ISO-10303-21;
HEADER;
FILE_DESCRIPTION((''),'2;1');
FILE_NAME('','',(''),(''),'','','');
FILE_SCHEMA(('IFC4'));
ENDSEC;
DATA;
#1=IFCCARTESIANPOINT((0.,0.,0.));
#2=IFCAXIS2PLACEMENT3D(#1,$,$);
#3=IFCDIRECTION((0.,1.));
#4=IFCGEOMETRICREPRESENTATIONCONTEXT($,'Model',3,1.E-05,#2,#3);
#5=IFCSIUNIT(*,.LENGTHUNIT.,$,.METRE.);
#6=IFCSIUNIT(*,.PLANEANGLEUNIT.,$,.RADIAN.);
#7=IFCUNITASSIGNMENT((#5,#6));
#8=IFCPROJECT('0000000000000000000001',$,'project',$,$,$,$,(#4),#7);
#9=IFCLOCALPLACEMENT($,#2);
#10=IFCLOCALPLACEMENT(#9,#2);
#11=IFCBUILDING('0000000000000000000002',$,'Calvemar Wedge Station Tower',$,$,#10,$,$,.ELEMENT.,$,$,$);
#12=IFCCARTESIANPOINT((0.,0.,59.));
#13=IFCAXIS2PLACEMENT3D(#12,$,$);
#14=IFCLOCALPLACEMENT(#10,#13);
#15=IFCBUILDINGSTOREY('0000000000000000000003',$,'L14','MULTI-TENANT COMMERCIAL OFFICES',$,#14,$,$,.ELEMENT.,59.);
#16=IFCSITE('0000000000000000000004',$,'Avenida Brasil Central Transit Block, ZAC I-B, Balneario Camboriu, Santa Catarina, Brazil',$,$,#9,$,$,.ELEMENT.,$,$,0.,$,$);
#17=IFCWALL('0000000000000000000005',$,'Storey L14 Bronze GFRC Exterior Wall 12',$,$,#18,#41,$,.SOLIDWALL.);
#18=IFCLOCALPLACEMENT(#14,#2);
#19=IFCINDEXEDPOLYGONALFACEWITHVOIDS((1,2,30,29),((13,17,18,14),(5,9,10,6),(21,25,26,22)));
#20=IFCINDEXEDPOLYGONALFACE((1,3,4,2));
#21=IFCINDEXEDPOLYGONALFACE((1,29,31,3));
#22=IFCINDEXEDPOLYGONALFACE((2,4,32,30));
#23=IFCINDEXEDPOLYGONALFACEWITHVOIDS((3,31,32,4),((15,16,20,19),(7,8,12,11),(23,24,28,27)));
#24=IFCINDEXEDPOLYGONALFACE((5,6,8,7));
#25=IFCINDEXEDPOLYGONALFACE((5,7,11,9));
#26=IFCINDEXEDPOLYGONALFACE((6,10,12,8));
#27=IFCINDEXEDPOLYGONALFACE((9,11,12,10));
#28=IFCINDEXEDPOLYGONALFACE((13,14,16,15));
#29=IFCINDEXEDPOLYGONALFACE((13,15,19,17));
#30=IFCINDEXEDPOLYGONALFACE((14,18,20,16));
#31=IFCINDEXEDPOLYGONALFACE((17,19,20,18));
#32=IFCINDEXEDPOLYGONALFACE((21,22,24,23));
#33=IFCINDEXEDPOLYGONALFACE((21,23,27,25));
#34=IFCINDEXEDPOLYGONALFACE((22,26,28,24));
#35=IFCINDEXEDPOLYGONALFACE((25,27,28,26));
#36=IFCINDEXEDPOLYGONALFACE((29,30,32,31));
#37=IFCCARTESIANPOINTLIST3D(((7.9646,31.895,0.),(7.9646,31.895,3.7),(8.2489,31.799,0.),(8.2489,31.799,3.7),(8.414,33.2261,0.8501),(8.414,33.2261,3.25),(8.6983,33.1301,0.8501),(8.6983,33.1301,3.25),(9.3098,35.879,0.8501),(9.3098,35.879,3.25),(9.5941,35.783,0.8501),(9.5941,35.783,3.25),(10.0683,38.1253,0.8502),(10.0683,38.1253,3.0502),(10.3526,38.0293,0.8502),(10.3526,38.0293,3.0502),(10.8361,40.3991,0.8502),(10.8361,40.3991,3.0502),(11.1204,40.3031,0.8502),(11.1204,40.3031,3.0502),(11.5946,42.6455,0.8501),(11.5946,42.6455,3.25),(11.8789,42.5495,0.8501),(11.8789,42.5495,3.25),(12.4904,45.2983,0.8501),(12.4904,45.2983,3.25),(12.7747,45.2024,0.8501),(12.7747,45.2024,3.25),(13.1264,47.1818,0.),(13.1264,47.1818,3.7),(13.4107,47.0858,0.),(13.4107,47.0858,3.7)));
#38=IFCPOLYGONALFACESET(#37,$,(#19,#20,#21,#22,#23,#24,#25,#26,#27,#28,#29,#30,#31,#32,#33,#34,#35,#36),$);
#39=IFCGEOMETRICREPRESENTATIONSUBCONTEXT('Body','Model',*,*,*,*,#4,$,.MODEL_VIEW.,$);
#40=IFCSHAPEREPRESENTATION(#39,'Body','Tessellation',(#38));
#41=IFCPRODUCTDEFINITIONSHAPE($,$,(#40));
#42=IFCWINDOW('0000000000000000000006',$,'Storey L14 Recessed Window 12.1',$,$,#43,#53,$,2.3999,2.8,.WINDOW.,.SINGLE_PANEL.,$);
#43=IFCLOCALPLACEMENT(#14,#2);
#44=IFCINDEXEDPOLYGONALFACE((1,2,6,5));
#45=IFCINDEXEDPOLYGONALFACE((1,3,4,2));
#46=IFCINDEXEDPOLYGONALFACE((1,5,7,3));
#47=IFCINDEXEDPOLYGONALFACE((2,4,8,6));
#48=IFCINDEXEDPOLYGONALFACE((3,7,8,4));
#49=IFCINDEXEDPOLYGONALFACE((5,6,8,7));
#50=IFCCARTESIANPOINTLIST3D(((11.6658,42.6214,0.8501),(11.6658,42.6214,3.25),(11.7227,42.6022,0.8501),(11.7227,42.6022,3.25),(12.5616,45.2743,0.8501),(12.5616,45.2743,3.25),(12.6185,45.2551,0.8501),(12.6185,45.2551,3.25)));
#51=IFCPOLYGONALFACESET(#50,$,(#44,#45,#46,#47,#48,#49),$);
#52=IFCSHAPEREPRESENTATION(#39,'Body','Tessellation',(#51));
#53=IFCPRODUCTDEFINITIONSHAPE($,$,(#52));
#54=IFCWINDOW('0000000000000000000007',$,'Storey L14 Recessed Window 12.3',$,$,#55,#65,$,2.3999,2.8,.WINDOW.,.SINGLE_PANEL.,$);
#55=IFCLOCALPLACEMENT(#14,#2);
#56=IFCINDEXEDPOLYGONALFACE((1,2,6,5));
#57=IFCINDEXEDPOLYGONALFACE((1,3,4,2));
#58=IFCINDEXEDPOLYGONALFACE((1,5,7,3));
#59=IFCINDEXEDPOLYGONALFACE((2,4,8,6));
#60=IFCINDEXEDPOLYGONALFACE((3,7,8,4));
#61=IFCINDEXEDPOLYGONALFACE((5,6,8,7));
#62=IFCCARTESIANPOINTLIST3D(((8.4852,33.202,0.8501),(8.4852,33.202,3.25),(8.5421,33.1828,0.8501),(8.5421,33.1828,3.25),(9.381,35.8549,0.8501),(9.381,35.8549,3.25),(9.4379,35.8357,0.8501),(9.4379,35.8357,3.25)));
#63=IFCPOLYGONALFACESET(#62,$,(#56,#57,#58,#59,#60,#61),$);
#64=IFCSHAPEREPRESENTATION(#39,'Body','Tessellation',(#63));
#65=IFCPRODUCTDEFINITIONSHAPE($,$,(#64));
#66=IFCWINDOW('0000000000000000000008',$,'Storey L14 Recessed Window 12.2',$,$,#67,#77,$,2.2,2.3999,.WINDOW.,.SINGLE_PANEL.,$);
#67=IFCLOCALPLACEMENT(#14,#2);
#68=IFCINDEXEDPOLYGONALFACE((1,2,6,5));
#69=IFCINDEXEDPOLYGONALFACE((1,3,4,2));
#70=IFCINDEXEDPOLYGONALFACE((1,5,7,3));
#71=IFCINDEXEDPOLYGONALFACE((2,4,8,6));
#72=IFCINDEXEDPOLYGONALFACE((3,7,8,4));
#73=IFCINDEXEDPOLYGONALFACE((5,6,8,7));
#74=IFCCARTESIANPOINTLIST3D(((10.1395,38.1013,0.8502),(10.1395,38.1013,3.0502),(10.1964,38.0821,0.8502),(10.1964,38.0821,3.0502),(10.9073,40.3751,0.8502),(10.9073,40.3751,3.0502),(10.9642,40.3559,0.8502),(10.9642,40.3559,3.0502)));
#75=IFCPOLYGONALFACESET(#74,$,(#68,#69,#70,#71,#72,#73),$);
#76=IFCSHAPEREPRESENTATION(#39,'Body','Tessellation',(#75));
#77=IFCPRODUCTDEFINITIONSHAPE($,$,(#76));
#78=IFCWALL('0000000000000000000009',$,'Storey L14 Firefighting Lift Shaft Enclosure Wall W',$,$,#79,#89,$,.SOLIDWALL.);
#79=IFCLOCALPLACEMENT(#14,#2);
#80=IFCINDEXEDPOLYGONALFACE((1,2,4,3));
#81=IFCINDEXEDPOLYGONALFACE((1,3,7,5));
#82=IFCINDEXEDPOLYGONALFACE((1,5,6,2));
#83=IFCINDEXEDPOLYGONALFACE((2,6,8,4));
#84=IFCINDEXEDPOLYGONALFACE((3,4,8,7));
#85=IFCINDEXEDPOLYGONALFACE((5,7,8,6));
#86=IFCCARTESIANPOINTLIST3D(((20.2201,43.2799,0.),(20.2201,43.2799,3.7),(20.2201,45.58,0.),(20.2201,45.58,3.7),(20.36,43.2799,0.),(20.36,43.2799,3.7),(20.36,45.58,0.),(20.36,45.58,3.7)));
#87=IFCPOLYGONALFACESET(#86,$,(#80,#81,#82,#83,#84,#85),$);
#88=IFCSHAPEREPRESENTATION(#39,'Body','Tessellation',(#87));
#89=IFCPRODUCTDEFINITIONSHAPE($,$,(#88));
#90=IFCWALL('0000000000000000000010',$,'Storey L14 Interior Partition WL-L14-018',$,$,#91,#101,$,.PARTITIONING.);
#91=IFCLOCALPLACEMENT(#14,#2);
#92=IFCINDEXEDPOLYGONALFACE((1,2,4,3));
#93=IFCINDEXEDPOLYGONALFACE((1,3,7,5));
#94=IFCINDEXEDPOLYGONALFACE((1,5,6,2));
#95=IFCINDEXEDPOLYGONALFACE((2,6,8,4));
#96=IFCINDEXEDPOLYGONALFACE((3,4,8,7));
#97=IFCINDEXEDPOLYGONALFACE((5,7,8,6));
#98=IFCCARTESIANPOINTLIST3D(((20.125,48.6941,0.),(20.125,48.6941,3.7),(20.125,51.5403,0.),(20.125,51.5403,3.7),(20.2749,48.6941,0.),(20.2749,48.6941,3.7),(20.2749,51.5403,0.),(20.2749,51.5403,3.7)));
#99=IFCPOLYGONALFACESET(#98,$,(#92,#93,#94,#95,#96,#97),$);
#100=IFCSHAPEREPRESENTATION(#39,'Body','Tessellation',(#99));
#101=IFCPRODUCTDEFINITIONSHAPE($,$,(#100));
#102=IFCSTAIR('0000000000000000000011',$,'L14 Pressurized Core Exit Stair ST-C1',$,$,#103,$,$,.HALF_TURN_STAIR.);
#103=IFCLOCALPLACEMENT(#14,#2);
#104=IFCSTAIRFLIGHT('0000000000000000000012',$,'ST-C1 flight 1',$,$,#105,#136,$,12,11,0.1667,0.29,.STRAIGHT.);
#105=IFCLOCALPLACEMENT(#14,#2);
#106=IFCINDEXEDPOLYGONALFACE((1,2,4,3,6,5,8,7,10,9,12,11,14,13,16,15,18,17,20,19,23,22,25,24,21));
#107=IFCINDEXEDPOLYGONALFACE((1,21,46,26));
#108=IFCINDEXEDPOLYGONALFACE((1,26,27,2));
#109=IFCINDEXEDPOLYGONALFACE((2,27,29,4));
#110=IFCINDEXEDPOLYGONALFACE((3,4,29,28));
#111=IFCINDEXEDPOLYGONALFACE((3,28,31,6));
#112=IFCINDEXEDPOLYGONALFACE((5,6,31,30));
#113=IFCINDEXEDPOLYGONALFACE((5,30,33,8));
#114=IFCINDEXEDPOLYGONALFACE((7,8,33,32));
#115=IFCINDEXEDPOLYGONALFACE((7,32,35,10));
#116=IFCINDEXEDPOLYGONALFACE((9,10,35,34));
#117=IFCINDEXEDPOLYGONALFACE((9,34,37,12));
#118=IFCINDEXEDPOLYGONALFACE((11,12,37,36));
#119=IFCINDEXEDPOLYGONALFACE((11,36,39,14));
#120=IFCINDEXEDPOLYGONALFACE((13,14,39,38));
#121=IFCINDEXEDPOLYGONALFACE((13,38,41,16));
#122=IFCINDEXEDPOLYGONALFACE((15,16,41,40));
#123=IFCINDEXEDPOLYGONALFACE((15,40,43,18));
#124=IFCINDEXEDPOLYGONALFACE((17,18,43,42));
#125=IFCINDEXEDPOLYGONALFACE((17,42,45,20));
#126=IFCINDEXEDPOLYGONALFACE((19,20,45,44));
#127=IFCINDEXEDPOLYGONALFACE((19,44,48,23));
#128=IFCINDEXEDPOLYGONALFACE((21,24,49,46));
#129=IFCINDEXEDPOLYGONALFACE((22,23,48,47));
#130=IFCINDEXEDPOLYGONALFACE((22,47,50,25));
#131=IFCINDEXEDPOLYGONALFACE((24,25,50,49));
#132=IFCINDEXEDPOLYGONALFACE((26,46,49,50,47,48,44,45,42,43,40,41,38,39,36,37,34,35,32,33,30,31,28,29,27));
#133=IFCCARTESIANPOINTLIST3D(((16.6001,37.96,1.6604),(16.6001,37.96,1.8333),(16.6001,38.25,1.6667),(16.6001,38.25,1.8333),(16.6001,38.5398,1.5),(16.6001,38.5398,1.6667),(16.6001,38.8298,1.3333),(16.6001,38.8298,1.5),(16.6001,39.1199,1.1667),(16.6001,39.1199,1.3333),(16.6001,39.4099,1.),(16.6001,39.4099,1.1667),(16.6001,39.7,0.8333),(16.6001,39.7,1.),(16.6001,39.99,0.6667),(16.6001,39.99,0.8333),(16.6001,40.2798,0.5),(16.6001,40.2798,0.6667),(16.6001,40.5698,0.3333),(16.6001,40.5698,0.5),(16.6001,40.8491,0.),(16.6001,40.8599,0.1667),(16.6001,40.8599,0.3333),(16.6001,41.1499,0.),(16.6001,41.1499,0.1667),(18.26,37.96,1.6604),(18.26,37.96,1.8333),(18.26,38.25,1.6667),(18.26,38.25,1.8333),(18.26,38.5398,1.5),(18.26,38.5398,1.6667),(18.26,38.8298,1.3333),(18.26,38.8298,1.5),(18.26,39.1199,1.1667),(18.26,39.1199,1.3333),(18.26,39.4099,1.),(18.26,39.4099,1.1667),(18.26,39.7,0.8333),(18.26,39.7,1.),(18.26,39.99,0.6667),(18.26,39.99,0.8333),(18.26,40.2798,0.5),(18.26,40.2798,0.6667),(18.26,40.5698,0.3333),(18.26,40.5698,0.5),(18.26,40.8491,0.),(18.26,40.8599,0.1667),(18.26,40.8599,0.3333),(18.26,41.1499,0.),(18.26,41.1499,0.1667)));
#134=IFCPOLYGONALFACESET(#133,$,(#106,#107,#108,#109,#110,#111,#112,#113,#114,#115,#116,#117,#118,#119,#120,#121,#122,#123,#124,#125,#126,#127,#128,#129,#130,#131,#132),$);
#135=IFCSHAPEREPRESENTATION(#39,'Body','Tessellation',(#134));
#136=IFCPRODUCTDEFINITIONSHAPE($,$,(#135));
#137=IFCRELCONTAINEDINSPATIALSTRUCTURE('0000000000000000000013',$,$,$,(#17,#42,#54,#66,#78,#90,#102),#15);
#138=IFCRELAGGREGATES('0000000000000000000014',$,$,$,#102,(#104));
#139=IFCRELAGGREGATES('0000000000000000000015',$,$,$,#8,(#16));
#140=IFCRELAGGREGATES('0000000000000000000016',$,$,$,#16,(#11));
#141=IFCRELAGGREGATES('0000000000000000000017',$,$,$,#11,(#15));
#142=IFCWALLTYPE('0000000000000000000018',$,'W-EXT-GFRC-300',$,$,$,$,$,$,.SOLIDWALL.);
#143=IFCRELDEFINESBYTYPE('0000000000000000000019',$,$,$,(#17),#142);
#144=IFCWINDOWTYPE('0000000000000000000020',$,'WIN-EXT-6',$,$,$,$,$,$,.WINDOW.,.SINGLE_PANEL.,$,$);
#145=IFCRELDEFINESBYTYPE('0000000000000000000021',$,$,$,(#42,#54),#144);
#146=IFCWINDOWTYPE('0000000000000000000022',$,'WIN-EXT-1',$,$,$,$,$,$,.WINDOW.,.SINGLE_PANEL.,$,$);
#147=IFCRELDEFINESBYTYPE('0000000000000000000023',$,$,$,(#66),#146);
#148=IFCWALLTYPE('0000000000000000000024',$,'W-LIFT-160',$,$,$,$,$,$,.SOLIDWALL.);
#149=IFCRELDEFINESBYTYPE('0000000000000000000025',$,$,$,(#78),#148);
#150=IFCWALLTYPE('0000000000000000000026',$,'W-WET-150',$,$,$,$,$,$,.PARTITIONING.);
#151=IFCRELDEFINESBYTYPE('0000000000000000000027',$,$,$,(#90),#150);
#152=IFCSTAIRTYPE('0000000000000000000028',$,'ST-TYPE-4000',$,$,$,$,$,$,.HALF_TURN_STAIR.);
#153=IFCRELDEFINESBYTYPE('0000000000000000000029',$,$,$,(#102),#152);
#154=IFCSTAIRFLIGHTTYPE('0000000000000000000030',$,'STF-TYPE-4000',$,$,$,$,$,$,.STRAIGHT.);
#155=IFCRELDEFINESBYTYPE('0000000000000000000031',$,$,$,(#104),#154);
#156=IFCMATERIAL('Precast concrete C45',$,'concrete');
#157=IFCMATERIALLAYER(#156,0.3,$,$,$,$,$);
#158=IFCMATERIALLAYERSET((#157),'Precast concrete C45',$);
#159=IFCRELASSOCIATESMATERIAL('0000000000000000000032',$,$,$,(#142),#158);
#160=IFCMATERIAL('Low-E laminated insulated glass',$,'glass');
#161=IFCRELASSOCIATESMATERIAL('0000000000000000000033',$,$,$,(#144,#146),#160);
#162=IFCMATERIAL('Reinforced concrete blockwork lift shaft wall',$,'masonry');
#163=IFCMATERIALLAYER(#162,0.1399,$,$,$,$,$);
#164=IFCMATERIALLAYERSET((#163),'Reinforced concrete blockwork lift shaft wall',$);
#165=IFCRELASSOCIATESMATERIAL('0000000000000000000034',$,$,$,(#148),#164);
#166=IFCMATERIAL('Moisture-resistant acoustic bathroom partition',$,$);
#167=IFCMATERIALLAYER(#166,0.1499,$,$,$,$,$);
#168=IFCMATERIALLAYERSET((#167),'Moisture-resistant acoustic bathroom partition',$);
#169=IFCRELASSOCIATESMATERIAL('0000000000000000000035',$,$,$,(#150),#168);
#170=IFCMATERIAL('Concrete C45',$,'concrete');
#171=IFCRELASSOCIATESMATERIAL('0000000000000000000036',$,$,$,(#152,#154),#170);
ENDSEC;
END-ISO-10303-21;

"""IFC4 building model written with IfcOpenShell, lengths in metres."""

from ifc_helpers import new_model, si_unit, direction, frame, frame_2d, origin, place, context, subcontext, project, spatial, polyline, rectangle, outline, extrude, source, transform, mapped, material, layer, layer_set, type_object, element, fill, aggregate, save


model = new_model("IFC4")

# Units and contexts
model_context = context("Model", 3, precision=1e-05, world=origin(), true_north=direction((0.0, 1.0)))
body_context = subcontext(model_context, "Body", "Model", "MODEL_VIEW")
ifc_project = project(units=[si_unit("LENGTHUNIT", "METRE"), si_unit("PLANEANGLEUNIT", "RADIAN")], contexts=[model_context])

# Site, building, storey
site_placement = place(None, origin())
site = spatial("IfcSite", under=ifc_project, at=site_placement, Name="Avenida Brasil Central Transit Block, ZAC I-B, Balneario Camboriu, Santa Catarina, Brazil", CompositionType="ELEMENT", RefElevation=0.0)
building_placement = place(site_placement, origin())
building = spatial("IfcBuilding", under=site, at=building_placement, Name="Calvemar Wedge Station Tower", CompositionType="ELEMENT")
storey_placement = place(building_placement, frame((0.0, 0.0, 59.0)))
storey = spatial("IfcBuildingStorey", under=building, at=storey_placement, Name="L14", Description="MULTI-TENANT COMMERCIAL OFFICES", CompositionType="ELEMENT", Elevation=59.0)

# Wall, openings, windows
ifc_material_1 = material(Name="Precast concrete C45", Category="concrete")
ifc_layer_1 = layer(ifc_material_1, 0.3)
ifc_layer_set_1 = layer_set([ifc_layer_1], Name="Precast concrete C45")
wall_type_1 = type_object("IfcWallType", Name="W-EXT-GFRC-300", PredefinedType="SOLIDWALL", material=ifc_layer_set_1)
wall_1_placement = place(storey_placement, frame((13.2686, 47.1338, 0.0), z_axis=(0.0, 0.0, 1.0), x_axis=(-0.31992, -0.947444, 0.0)))
wall_1 = element("IfcWall", 1, at=wall_1_placement, inside=storey, type_object=wall_type_1, Name="Storey L14 Bronze GFRC Exterior Wall 12", PredefinedType="SOLIDWALL", context=body_context, shape_type="SweptSolid", body=[
    extrude(rectangle(XDim=16.1348, YDim=0.3, at=frame_2d((8.0674, 0.0))), origin(), (0.0, 0.0, 1.0), 3.7),
])
shared_shape_1 = source(origin(), body_context, "Body", "SweptSolid", [
    extrude(rectangle(XDim=2.8, YDim=2.3999, at=frame_2d((1.3999, 1.2))), frame((0.0, 0.1602, 0.0), z_axis=(0.0, -1.0, 0.0), x_axis=(1.0, 0.0, 0.0)), (0.0, 0.0, 1.0), 0.3201),
])
opening_1_placement = place(wall_1_placement, frame((1.988, 0.0, 0.8501)))
opening_1 = element("IfcOpeningElement", 2, at=opening_1_placement, cuts=wall_1, PredefinedType="OPENING", context=body_context, shape_type="MappedRepresentation", body=[
    mapped(shared_shape_1, transform((0.0, 0.0, 0.0), scale=1.0)),
])
shared_shape_2 = source(origin(), body_context, "Body", "SweptSolid", [
    extrude(rectangle(XDim=2.3999, YDim=2.2, at=frame_2d((1.2, 1.1001))), frame((0.0, 0.1602, 0.0), z_axis=(0.0, -1.0, 0.0), x_axis=(1.0, 0.0, 0.0)), (0.0, 0.0, 1.0), 0.3201),
])
opening_2_placement = place(wall_1_placement, frame((7.1589, 0.0, 0.8501)))
opening_2 = element("IfcOpeningElement", 3, at=opening_2_placement, cuts=wall_1, PredefinedType="OPENING", context=body_context, shape_type="MappedRepresentation", body=[
    mapped(shared_shape_2, transform((0.0, 0.0, 0.0), scale=1.0)),
])
opening_3_placement = place(wall_1_placement, frame((11.9299, 0.0, 0.8501)))
opening_3 = element("IfcOpeningElement", 4, at=opening_3_placement, cuts=wall_1, PredefinedType="OPENING", context=body_context, shape_type="MappedRepresentation", body=[
    mapped(shared_shape_1, transform((0.0, 0.0, 0.0), scale=1.0)),
])
ifc_material_2 = material(Name="Low-E laminated insulated glass", Category="glass")
window_type_1 = type_object("IfcWindowType", Name="WIN-EXT-6", PartitioningType="SINGLE_PANEL", PredefinedType="WINDOW", material=ifc_material_2)
shared_shape_3 = source(origin(), body_context, "Body", "SweptSolid", [
    extrude(rectangle(XDim=2.8, YDim=2.3999, at=frame_2d((1.3999, 1.2))), frame((0.0, -0.0149, 0.0), z_axis=(0.0, -1.0, 0.0), x_axis=(1.0, 0.0, 0.0)), (0.0, 0.0, 1.0), 0.0601),
])
window_1_placement = place(opening_1_placement, origin())
window_1 = element("IfcWindow", 5, at=window_1_placement, inside=storey, type_object=window_type_1, Name="Storey L14 Recessed Window 12.1", OverallHeight=2.3999, OverallWidth=2.8, PartitioningType="SINGLE_PANEL", PredefinedType="WINDOW", context=body_context, shape_type="MappedRepresentation", body=[
    mapped(shared_shape_3, transform((0.0, 0.0, 0.0), scale=1.0)),
])
fill(opening_1, window_1)
window_2_placement = place(opening_3_placement, origin())
window_2 = element("IfcWindow", 6, at=window_2_placement, inside=storey, type_object=window_type_1, Name="Storey L14 Recessed Window 12.3", OverallHeight=2.3999, OverallWidth=2.8, PartitioningType="SINGLE_PANEL", PredefinedType="WINDOW", context=body_context, shape_type="MappedRepresentation", body=[
    mapped(shared_shape_3, transform((0.0, 0.0, 0.0), scale=1.0)),
])
fill(opening_3, window_2)
window_type_2 = type_object("IfcWindowType", Name="WIN-EXT-1", PartitioningType="SINGLE_PANEL", PredefinedType="WINDOW", material=ifc_material_2)
shared_shape_4 = source(origin(), body_context, "Body", "SweptSolid", [
    extrude(rectangle(XDim=2.3999, YDim=2.2, at=frame_2d((1.2, 1.1001))), frame((0.0, -0.0149, 0.0), z_axis=(0.0, -1.0, 0.0), x_axis=(1.0, 0.0, 0.0)), (0.0, 0.0, 1.0), 0.0601),
])
window_3_placement = place(opening_2_placement, origin())
window_3 = element("IfcWindow", 7, at=window_3_placement, inside=storey, type_object=window_type_2, Name="Storey L14 Recessed Window 12.2", OverallHeight=2.2, OverallWidth=2.3999, PartitioningType="SINGLE_PANEL", PredefinedType="WINDOW", context=body_context, shape_type="MappedRepresentation", body=[
    mapped(shared_shape_4, transform((0.0, 0.0, 0.0), scale=1.0)),
])
fill(opening_2, window_3)

# Walls
ifc_material_3 = material(Name="Reinforced concrete blockwork lift shaft wall", Category="masonry")
ifc_layer_2 = layer(ifc_material_3, 0.1399)
ifc_layer_set_2 = layer_set([ifc_layer_2], Name="Reinforced concrete blockwork lift shaft wall")
wall_type_2 = type_object("IfcWallType", Name="W-LIFT-160", PredefinedType="SOLIDWALL", material=ifc_layer_set_2)
wall_2_placement = place(storey_placement, frame((20.29, 43.28, 0.0), z_axis=(0.0, 0.0, 1.0), x_axis=(0.0, 1.0, 0.0)))
element("IfcWall", 8, at=wall_2_placement, inside=storey, type_object=wall_type_2, Name="Storey L14 Firefighting Lift Shaft Enclosure Wall W", PredefinedType="SOLIDWALL", context=body_context, shape_type="SweptSolid", body=[
    extrude(rectangle(XDim=2.3, YDim=0.1399, at=frame_2d((1.1499, 0.0))), origin(), (0.0, 0.0, 1.0), 3.7),
])
ifc_material_4 = material(Name="Moisture-resistant acoustic bathroom partition")
ifc_layer_3 = layer(ifc_material_4, 0.1499)
ifc_layer_set_3 = layer_set([ifc_layer_3], Name="Moisture-resistant acoustic bathroom partition")
wall_type_3 = type_object("IfcWallType", Name="W-WET-150", PredefinedType="PARTITIONING", material=ifc_layer_set_3)
wall_3_placement = place(storey_placement, frame((20.2, 51.5403, 0.0), z_axis=(0.0, 0.0, 1.0), x_axis=(0.0, -1.0, 0.0)))
element("IfcWall", 9, at=wall_3_placement, inside=storey, type_object=wall_type_3, Name="Storey L14 Interior Partition WL-L14-018", PredefinedType="PARTITIONING", context=body_context, shape_type="SweptSolid", body=[
    extrude(rectangle(XDim=2.8462, YDim=0.1499, at=frame_2d((1.4231, 0.0))), origin(), (0.0, 0.0, 1.0), 3.7),
])

# Stair, stair flight
ifc_material_5 = material(Name="Concrete C45", Category="concrete")
stair_type = type_object("IfcStairType", Name="ST-TYPE-4000", PredefinedType="HALF_TURN_STAIR", material=ifc_material_5)
stair_placement = place(storey_placement, origin())
stair = element("IfcStair", 10, at=stair_placement, inside=storey, type_object=stair_type, Name="L14 Pressurized Core Exit Stair ST-C1", PredefinedType="HALF_TURN_STAIR")
stair_flight_type = type_object("IfcStairFlightType", Name="STF-TYPE-4000", PredefinedType="STRAIGHT", material=ifc_material_5)
stair_flight_placement = place(storey_placement, frame((17.4299, 41.1499, 0.0), z_axis=(0.0, 0.0, 1.0), x_axis=(0.0, -1.0, 0.0)))
stair_flight = element("IfcStairFlight", 11, at=stair_flight_placement, type_object=stair_flight_type, Name="ST-C1 flight 1", NumberOfRisers=12, NumberOfTreads=11, PredefinedType="STRAIGHT", RiserHeight=0.1667, TreadLength=0.29, context=body_context, shape_type="SweptSolid", body=[
    extrude(outline(polyline([(0.0, 0.0), (0.0, 0.1667), (0.29, 0.1667), (0.29, 0.3333), (0.5801, 0.3333), (0.5801, 0.5), (0.8701, 0.5), (0.8701, 0.6667), (1.1599, 0.6667), (1.1599, 0.8333), (1.45, 0.8333), (1.45, 1.0), (1.74, 1.0), (1.74, 1.1667), (2.03, 1.1667), (2.03, 1.3333), (2.3201, 1.3333), (2.3201, 1.5), (2.6101, 1.5), (2.6101, 1.6667), (2.8999, 1.6667), (2.8999, 1.8333), (3.1899, 1.8333), (3.1899, 2.0), (3.1899, 1.6604), (0.3008, 0.0), (0.0, 0.0)])), frame((0.0, 0.8301, 0.0), z_axis=(0.0, -1.0, 0.0), x_axis=(1.0, 0.0, 0.0)), (0.0, 0.0, 1.0), 1.6599),
])
aggregate(stair, [stair_flight])

save(model, "model.ifc")
